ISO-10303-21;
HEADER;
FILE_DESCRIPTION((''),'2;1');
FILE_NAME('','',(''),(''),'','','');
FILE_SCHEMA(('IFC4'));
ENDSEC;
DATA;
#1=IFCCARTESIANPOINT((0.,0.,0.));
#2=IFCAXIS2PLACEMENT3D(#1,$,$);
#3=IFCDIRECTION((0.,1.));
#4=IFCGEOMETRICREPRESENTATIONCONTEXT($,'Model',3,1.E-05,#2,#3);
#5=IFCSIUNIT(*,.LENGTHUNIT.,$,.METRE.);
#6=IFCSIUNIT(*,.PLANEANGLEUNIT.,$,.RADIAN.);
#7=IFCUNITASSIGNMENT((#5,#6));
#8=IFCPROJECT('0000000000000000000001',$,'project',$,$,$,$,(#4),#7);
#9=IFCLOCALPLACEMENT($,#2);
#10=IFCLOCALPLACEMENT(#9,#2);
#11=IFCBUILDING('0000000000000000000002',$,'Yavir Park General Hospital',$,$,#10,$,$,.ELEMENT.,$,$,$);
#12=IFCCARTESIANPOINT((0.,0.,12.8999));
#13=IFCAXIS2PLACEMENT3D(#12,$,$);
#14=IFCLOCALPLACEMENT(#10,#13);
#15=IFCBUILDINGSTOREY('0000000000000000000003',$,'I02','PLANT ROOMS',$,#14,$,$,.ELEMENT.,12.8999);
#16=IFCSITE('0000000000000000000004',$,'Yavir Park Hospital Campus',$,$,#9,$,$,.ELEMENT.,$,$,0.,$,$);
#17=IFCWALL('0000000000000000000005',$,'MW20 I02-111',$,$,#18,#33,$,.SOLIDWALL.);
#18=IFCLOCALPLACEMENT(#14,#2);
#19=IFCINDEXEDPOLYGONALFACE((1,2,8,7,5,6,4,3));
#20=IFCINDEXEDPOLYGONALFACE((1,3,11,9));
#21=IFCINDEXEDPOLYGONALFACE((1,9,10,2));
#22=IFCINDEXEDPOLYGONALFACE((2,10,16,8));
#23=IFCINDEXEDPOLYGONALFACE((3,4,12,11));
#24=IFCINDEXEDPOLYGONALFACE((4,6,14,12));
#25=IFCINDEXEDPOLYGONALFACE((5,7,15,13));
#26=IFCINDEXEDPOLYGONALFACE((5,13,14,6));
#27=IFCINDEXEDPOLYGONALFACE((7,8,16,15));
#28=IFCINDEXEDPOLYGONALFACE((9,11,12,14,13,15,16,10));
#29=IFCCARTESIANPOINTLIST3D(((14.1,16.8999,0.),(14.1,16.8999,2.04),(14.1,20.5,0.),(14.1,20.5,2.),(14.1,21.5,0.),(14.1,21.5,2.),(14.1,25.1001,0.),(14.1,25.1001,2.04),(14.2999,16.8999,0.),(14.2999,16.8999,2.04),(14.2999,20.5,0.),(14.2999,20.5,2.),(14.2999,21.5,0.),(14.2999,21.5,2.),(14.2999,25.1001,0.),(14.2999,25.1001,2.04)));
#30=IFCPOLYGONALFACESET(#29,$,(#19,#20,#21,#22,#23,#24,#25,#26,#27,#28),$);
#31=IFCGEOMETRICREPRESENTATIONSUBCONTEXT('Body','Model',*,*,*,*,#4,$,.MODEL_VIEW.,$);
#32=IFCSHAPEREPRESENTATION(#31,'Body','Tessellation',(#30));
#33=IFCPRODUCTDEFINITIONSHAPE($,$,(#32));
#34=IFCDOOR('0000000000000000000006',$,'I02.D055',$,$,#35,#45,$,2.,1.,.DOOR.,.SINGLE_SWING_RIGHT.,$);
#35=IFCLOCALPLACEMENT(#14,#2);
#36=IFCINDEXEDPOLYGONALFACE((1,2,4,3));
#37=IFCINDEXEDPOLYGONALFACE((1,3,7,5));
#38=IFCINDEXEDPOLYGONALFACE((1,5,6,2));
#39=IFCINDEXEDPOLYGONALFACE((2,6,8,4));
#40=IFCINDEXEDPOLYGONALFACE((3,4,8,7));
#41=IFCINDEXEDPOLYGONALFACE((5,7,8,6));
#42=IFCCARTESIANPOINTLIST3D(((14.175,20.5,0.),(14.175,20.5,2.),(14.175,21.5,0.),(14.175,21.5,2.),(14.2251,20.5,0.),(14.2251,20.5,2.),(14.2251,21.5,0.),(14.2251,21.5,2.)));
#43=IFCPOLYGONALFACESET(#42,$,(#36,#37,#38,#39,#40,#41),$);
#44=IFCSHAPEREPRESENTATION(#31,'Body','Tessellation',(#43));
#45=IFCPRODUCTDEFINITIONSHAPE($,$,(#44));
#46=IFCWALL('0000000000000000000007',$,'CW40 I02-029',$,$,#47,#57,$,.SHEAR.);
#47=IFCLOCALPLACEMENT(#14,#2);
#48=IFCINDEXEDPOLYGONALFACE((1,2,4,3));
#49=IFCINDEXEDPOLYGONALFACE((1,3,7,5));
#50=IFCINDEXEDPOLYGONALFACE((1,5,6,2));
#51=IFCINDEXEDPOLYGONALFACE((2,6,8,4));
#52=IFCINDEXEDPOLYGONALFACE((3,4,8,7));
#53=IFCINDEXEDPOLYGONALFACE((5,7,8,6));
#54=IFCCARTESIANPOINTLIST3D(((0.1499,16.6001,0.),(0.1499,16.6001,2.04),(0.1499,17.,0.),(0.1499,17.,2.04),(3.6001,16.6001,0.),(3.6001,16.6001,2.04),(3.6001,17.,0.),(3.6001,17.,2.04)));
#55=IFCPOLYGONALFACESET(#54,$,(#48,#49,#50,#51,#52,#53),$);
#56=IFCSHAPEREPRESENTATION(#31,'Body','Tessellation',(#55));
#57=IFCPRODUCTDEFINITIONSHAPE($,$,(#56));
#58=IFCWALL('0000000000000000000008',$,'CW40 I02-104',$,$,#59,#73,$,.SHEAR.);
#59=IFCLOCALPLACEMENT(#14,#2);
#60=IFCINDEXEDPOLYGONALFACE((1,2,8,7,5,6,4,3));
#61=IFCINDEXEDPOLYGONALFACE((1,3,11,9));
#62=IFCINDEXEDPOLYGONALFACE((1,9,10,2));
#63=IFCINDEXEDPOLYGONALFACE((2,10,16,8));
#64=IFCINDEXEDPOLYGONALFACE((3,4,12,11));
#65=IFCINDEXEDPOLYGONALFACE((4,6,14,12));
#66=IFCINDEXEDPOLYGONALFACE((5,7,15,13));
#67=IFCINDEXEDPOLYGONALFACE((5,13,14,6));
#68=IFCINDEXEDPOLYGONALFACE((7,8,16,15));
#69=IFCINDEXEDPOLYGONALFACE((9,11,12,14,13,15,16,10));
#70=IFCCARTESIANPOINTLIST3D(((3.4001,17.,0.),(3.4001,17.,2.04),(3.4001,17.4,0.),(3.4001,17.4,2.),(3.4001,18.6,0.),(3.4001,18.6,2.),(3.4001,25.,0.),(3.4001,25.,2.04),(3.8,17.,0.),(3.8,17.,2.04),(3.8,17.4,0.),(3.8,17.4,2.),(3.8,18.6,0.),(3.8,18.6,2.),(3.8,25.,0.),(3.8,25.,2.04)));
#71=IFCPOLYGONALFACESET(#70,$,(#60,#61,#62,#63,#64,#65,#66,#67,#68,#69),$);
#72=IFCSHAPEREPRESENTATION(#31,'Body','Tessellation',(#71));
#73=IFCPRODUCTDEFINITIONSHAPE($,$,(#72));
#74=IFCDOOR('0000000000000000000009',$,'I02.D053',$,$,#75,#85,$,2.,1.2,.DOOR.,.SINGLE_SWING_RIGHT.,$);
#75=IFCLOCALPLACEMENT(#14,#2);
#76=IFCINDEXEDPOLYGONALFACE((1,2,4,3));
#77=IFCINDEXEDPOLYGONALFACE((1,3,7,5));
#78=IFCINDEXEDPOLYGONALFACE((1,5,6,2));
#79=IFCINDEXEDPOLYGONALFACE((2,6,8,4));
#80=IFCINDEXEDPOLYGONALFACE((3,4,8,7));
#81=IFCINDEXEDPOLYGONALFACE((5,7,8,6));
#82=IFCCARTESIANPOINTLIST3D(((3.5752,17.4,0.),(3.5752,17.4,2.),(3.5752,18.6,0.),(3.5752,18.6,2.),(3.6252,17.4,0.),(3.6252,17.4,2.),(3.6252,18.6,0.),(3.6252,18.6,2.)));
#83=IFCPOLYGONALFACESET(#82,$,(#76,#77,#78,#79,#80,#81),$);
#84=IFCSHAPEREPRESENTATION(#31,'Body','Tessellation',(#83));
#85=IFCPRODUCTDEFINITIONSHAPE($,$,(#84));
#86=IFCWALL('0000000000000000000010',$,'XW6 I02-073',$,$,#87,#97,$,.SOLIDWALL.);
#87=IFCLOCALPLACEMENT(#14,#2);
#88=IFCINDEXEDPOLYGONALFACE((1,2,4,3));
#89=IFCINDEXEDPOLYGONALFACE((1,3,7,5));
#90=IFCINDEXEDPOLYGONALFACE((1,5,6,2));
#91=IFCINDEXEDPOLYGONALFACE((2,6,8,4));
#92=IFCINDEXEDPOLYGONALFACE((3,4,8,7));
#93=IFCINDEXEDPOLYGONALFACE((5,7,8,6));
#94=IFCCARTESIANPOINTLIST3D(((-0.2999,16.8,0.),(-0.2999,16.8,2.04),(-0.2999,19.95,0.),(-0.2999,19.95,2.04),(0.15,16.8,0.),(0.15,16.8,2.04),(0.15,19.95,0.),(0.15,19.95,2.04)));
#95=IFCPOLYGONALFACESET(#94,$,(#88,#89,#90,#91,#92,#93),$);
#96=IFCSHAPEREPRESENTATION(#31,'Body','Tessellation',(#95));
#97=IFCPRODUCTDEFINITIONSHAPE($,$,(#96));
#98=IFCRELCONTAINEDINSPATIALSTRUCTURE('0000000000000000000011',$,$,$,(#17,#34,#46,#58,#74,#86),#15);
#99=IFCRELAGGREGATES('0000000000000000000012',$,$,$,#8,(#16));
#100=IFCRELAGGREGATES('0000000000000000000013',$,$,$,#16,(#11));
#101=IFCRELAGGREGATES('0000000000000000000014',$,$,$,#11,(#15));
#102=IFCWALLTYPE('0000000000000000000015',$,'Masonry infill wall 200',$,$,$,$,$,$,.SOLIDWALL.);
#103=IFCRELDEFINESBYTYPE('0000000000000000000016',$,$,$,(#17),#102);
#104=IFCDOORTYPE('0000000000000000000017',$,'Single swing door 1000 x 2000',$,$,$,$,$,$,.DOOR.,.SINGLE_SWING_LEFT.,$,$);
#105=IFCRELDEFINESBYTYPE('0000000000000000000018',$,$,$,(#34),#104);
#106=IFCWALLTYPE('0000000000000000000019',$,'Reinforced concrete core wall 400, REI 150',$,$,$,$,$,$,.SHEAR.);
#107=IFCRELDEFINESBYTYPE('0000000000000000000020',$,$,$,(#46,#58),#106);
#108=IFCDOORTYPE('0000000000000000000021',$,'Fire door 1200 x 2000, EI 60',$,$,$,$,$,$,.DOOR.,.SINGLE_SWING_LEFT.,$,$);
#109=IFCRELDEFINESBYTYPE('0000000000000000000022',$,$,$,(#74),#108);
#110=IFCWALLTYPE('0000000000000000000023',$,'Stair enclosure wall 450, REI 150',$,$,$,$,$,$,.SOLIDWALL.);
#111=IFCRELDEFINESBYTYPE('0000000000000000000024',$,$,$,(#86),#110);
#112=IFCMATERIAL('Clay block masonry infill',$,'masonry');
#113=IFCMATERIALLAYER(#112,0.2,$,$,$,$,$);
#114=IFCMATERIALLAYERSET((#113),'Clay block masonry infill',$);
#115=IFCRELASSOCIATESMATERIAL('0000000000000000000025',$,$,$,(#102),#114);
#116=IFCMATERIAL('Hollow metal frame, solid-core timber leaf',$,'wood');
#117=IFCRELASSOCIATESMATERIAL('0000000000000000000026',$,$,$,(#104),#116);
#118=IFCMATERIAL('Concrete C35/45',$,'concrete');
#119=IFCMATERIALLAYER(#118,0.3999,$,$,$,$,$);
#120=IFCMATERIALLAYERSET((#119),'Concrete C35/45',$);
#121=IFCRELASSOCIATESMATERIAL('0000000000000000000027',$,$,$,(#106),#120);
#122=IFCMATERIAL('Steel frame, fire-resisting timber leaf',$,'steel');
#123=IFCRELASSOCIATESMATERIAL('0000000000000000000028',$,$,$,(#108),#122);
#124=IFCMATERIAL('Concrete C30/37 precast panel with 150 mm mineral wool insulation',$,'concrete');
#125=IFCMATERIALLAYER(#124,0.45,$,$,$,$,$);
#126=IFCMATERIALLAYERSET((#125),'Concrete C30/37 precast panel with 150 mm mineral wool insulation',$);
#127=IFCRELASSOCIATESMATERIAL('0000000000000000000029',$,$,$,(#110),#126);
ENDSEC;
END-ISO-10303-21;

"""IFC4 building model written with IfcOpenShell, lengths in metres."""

from ifc_helpers import new_model, si_unit, direction, frame, frame_2d, origin, place, context, subcontext, project, spatial, rectangle, extrude, material, layer, layer_set, type_object, element, fill, save


model = new_model("IFC4")

# Units and contexts
model_context = context("Model", 3, precision=1e-05, world=origin(), true_north=direction((0.0, 1.0)))
body_context = subcontext(model_context, "Body", "Model", "MODEL_VIEW")
ifc_project = project(units=[si_unit("LENGTHUNIT", "METRE"), si_unit("PLANEANGLEUNIT", "RADIAN")], contexts=[model_context])

# Site, building, storey
site_placement = place(None, origin())
site = spatial("IfcSite", under=ifc_project, at=site_placement, Name="Yavir Park Hospital Campus", CompositionType="ELEMENT", RefElevation=0.0)
building_placement = place(site_placement, origin())
building = spatial("IfcBuilding", under=site, at=building_placement, Name="Yavir Park General Hospital", CompositionType="ELEMENT")
storey_placement = place(building_placement, frame((0.0, 0.0, 12.8999)))
storey = spatial("IfcBuildingStorey", under=building, at=storey_placement, Name="I02", Description="PLANT ROOMS", CompositionType="ELEMENT", Elevation=12.8999)

# Shared definitions
ifc_material_1 = material(Name="Clay block masonry infill", Category="masonry")
ifc_layer_1 = layer(ifc_material_1, 0.2)
ifc_layer_set_1 = layer_set([ifc_layer_1], Name="Clay block masonry infill")
wall_type_1 = type_object("IfcWallType", Name="Masonry infill wall 200", PredefinedType="SOLIDWALL", material=ifc_layer_set_1)

# Wall, opening, door
wall_1_placement = place(storey_placement, frame((14.2, 16.8999, 0.0), z_axis=(0.0, 0.0, 1.0), x_axis=(0.0, 1.0, 0.0)))
wall_1 = element("IfcWall", 1, at=wall_1_placement, inside=storey, type_object=wall_type_1, Name="MW20 I02-111", PredefinedType="SOLIDWALL", context=body_context, shape_type="SweptSolid", body=[
    extrude(rectangle(XDim=8.2002, YDim=0.2, at=frame_2d((4.1001, 0.0))), origin(), (0.0, 0.0, 1.0), 2.04),
])
opening_1_placement = place(wall_1_placement, frame((3.6001, 0.0, 0.0)))
opening_1 = element("IfcOpeningElement", 2, at=opening_1_placement, cuts=wall_1, PredefinedType="OPENING", context=body_context, shape_type="SweptSolid", body=[
    extrude(rectangle(XDim=1.0, YDim=2.0, at=frame_2d((0.5, 1.0))), frame((0.0, 0.1099, 0.0), z_axis=(0.0, -1.0, 0.0), x_axis=(1.0, 0.0, 0.0)), (0.0, 0.0, 1.0), 0.22),
])
ifc_material_2 = material(Name="Hollow metal frame, solid-core timber leaf", Category="wood")
door_type_1 = type_object("IfcDoorType", Name="Single swing door 1000 x 2000", OperationType="SINGLE_SWING_LEFT", PredefinedType="DOOR", material=ifc_material_2)
door_1_placement = place(opening_1_placement, origin())
door_1 = element("IfcDoor", 3, at=door_1_placement, inside=storey, type_object=door_type_1, Name="I02.D055", OperationType="SINGLE_SWING_RIGHT", OverallHeight=2.0, OverallWidth=1.0, PredefinedType="DOOR", context=body_context, shape_type="SweptSolid", body=[
    extrude(rectangle(XDim=1.0, YDim=2.0, at=frame_2d((0.5, 1.0))), frame((0.0, 0.0249, 0.0), z_axis=(0.0, -1.0, 0.0), x_axis=(1.0, 0.0, 0.0)), (0.0, 0.0, 1.0), 0.05),
])
fill(opening_1, door_1)

# Wall
ifc_material_3 = material(Name="Concrete C35/45", Category="concrete")
ifc_layer_2 = layer(ifc_material_3, 0.3999)
ifc_layer_set_2 = layer_set([ifc_layer_2], Name="Concrete C35/45")
wall_type_2 = type_object("IfcWallType", Name="Reinforced concrete core wall 400, REI 150", PredefinedType="SHEAR", material=ifc_layer_set_2)
wall_2_placement = place(storey_placement, frame((0.1499, 16.8, 0.0), z_axis=(0.0, 0.0, 1.0), x_axis=(1.0, 0.0, 0.0)))
element("IfcWall", 4, at=wall_2_placement, inside=storey, type_object=wall_type_2, Name="CW40 I02-029", PredefinedType="SHEAR", context=body_context, shape_type="SweptSolid", body=[
    extrude(rectangle(XDim=3.4502, YDim=0.3999, at=frame_2d((1.7251, 0.0))), origin(), (0.0, 0.0, 1.0), 2.04),
])

# Wall, opening, door
wall_3_placement = place(storey_placement, frame((3.6001, 17.0, 0.0), z_axis=(0.0, 0.0, 1.0), x_axis=(0.0, 1.0, 0.0)))
wall_3 = element("IfcWall", 5, at=wall_3_placement, inside=storey, type_object=wall_type_2, Name="CW40 I02-104", PredefinedType="SHEAR", context=body_context, shape_type="SweptSolid", body=[
    extrude(rectangle(XDim=8.0, YDim=0.3999, at=frame_2d((4.0, 0.0))), origin(), (0.0, 0.0, 1.0), 2.04),
])
opening_2_placement = place(wall_3_placement, frame((0.3999, 0.0, 0.0)))
opening_2 = element("IfcOpeningElement", 6, at=opening_2_placement, cuts=wall_3, PredefinedType="OPENING", context=body_context, shape_type="SweptSolid", body=[
    extrude(rectangle(XDim=1.2, YDim=2.0, at=frame_2d((0.6001, 1.0))), frame((0.0, 0.21, 0.0), z_axis=(0.0, -1.0, 0.0), x_axis=(1.0, 0.0, 0.0)), (0.0, 0.0, 1.0), 0.4199),
])
ifc_material_4 = material(Name="Steel frame, fire-resisting timber leaf", Category="steel")
door_type_2 = type_object("IfcDoorType", Name="Fire door 1200 x 2000, EI 60", OperationType="SINGLE_SWING_LEFT", PredefinedType="DOOR", material=ifc_material_4)
door_2_placement = place(opening_2_placement, origin())
door_2 = element("IfcDoor", 7, at=door_2_placement, inside=storey, type_object=door_type_2, Name="I02.D053", OperationType="SINGLE_SWING_RIGHT", OverallHeight=2.0, OverallWidth=1.2, PredefinedType="DOOR", context=body_context, shape_type="SweptSolid", body=[
    extrude(rectangle(XDim=1.2, YDim=2.0, at=frame_2d((0.6001, 1.0))), frame((0.0, 0.0249, 0.0), z_axis=(0.0, -1.0, 0.0), x_axis=(1.0, 0.0, 0.0)), (0.0, 0.0, 1.0), 0.05),
])
fill(opening_2, door_2)

# Wall
ifc_material_5 = material(Name="Concrete C30/37 precast panel with 150 mm mineral wool insulation", Category="concrete")
ifc_layer_3 = layer(ifc_material_5, 0.45)
ifc_layer_set_3 = layer_set([ifc_layer_3], Name="Concrete C30/37 precast panel with 150 mm mineral wool insulation")
wall_type_3 = type_object("IfcWallType", Name="Stair enclosure wall 450, REI 150", PredefinedType="SOLIDWALL", material=ifc_layer_set_3)
wall_4_placement = place(storey_placement, frame((-0.075, 16.8, 0.0), z_axis=(0.0, 0.0, 1.0), x_axis=(0.0, 1.0, 0.0)))
element("IfcWall", 8, at=wall_4_placement, inside=storey, type_object=wall_type_3, Name="XW6 I02-073", PredefinedType="SOLIDWALL", context=body_context, shape_type="SweptSolid", body=[
    extrude(rectangle(XDim=3.1499, YDim=0.45, at=frame_2d((1.575, 0.0))), origin(), (0.0, 0.0, 1.0), 2.04),
])

save(model, "model.ifc")
